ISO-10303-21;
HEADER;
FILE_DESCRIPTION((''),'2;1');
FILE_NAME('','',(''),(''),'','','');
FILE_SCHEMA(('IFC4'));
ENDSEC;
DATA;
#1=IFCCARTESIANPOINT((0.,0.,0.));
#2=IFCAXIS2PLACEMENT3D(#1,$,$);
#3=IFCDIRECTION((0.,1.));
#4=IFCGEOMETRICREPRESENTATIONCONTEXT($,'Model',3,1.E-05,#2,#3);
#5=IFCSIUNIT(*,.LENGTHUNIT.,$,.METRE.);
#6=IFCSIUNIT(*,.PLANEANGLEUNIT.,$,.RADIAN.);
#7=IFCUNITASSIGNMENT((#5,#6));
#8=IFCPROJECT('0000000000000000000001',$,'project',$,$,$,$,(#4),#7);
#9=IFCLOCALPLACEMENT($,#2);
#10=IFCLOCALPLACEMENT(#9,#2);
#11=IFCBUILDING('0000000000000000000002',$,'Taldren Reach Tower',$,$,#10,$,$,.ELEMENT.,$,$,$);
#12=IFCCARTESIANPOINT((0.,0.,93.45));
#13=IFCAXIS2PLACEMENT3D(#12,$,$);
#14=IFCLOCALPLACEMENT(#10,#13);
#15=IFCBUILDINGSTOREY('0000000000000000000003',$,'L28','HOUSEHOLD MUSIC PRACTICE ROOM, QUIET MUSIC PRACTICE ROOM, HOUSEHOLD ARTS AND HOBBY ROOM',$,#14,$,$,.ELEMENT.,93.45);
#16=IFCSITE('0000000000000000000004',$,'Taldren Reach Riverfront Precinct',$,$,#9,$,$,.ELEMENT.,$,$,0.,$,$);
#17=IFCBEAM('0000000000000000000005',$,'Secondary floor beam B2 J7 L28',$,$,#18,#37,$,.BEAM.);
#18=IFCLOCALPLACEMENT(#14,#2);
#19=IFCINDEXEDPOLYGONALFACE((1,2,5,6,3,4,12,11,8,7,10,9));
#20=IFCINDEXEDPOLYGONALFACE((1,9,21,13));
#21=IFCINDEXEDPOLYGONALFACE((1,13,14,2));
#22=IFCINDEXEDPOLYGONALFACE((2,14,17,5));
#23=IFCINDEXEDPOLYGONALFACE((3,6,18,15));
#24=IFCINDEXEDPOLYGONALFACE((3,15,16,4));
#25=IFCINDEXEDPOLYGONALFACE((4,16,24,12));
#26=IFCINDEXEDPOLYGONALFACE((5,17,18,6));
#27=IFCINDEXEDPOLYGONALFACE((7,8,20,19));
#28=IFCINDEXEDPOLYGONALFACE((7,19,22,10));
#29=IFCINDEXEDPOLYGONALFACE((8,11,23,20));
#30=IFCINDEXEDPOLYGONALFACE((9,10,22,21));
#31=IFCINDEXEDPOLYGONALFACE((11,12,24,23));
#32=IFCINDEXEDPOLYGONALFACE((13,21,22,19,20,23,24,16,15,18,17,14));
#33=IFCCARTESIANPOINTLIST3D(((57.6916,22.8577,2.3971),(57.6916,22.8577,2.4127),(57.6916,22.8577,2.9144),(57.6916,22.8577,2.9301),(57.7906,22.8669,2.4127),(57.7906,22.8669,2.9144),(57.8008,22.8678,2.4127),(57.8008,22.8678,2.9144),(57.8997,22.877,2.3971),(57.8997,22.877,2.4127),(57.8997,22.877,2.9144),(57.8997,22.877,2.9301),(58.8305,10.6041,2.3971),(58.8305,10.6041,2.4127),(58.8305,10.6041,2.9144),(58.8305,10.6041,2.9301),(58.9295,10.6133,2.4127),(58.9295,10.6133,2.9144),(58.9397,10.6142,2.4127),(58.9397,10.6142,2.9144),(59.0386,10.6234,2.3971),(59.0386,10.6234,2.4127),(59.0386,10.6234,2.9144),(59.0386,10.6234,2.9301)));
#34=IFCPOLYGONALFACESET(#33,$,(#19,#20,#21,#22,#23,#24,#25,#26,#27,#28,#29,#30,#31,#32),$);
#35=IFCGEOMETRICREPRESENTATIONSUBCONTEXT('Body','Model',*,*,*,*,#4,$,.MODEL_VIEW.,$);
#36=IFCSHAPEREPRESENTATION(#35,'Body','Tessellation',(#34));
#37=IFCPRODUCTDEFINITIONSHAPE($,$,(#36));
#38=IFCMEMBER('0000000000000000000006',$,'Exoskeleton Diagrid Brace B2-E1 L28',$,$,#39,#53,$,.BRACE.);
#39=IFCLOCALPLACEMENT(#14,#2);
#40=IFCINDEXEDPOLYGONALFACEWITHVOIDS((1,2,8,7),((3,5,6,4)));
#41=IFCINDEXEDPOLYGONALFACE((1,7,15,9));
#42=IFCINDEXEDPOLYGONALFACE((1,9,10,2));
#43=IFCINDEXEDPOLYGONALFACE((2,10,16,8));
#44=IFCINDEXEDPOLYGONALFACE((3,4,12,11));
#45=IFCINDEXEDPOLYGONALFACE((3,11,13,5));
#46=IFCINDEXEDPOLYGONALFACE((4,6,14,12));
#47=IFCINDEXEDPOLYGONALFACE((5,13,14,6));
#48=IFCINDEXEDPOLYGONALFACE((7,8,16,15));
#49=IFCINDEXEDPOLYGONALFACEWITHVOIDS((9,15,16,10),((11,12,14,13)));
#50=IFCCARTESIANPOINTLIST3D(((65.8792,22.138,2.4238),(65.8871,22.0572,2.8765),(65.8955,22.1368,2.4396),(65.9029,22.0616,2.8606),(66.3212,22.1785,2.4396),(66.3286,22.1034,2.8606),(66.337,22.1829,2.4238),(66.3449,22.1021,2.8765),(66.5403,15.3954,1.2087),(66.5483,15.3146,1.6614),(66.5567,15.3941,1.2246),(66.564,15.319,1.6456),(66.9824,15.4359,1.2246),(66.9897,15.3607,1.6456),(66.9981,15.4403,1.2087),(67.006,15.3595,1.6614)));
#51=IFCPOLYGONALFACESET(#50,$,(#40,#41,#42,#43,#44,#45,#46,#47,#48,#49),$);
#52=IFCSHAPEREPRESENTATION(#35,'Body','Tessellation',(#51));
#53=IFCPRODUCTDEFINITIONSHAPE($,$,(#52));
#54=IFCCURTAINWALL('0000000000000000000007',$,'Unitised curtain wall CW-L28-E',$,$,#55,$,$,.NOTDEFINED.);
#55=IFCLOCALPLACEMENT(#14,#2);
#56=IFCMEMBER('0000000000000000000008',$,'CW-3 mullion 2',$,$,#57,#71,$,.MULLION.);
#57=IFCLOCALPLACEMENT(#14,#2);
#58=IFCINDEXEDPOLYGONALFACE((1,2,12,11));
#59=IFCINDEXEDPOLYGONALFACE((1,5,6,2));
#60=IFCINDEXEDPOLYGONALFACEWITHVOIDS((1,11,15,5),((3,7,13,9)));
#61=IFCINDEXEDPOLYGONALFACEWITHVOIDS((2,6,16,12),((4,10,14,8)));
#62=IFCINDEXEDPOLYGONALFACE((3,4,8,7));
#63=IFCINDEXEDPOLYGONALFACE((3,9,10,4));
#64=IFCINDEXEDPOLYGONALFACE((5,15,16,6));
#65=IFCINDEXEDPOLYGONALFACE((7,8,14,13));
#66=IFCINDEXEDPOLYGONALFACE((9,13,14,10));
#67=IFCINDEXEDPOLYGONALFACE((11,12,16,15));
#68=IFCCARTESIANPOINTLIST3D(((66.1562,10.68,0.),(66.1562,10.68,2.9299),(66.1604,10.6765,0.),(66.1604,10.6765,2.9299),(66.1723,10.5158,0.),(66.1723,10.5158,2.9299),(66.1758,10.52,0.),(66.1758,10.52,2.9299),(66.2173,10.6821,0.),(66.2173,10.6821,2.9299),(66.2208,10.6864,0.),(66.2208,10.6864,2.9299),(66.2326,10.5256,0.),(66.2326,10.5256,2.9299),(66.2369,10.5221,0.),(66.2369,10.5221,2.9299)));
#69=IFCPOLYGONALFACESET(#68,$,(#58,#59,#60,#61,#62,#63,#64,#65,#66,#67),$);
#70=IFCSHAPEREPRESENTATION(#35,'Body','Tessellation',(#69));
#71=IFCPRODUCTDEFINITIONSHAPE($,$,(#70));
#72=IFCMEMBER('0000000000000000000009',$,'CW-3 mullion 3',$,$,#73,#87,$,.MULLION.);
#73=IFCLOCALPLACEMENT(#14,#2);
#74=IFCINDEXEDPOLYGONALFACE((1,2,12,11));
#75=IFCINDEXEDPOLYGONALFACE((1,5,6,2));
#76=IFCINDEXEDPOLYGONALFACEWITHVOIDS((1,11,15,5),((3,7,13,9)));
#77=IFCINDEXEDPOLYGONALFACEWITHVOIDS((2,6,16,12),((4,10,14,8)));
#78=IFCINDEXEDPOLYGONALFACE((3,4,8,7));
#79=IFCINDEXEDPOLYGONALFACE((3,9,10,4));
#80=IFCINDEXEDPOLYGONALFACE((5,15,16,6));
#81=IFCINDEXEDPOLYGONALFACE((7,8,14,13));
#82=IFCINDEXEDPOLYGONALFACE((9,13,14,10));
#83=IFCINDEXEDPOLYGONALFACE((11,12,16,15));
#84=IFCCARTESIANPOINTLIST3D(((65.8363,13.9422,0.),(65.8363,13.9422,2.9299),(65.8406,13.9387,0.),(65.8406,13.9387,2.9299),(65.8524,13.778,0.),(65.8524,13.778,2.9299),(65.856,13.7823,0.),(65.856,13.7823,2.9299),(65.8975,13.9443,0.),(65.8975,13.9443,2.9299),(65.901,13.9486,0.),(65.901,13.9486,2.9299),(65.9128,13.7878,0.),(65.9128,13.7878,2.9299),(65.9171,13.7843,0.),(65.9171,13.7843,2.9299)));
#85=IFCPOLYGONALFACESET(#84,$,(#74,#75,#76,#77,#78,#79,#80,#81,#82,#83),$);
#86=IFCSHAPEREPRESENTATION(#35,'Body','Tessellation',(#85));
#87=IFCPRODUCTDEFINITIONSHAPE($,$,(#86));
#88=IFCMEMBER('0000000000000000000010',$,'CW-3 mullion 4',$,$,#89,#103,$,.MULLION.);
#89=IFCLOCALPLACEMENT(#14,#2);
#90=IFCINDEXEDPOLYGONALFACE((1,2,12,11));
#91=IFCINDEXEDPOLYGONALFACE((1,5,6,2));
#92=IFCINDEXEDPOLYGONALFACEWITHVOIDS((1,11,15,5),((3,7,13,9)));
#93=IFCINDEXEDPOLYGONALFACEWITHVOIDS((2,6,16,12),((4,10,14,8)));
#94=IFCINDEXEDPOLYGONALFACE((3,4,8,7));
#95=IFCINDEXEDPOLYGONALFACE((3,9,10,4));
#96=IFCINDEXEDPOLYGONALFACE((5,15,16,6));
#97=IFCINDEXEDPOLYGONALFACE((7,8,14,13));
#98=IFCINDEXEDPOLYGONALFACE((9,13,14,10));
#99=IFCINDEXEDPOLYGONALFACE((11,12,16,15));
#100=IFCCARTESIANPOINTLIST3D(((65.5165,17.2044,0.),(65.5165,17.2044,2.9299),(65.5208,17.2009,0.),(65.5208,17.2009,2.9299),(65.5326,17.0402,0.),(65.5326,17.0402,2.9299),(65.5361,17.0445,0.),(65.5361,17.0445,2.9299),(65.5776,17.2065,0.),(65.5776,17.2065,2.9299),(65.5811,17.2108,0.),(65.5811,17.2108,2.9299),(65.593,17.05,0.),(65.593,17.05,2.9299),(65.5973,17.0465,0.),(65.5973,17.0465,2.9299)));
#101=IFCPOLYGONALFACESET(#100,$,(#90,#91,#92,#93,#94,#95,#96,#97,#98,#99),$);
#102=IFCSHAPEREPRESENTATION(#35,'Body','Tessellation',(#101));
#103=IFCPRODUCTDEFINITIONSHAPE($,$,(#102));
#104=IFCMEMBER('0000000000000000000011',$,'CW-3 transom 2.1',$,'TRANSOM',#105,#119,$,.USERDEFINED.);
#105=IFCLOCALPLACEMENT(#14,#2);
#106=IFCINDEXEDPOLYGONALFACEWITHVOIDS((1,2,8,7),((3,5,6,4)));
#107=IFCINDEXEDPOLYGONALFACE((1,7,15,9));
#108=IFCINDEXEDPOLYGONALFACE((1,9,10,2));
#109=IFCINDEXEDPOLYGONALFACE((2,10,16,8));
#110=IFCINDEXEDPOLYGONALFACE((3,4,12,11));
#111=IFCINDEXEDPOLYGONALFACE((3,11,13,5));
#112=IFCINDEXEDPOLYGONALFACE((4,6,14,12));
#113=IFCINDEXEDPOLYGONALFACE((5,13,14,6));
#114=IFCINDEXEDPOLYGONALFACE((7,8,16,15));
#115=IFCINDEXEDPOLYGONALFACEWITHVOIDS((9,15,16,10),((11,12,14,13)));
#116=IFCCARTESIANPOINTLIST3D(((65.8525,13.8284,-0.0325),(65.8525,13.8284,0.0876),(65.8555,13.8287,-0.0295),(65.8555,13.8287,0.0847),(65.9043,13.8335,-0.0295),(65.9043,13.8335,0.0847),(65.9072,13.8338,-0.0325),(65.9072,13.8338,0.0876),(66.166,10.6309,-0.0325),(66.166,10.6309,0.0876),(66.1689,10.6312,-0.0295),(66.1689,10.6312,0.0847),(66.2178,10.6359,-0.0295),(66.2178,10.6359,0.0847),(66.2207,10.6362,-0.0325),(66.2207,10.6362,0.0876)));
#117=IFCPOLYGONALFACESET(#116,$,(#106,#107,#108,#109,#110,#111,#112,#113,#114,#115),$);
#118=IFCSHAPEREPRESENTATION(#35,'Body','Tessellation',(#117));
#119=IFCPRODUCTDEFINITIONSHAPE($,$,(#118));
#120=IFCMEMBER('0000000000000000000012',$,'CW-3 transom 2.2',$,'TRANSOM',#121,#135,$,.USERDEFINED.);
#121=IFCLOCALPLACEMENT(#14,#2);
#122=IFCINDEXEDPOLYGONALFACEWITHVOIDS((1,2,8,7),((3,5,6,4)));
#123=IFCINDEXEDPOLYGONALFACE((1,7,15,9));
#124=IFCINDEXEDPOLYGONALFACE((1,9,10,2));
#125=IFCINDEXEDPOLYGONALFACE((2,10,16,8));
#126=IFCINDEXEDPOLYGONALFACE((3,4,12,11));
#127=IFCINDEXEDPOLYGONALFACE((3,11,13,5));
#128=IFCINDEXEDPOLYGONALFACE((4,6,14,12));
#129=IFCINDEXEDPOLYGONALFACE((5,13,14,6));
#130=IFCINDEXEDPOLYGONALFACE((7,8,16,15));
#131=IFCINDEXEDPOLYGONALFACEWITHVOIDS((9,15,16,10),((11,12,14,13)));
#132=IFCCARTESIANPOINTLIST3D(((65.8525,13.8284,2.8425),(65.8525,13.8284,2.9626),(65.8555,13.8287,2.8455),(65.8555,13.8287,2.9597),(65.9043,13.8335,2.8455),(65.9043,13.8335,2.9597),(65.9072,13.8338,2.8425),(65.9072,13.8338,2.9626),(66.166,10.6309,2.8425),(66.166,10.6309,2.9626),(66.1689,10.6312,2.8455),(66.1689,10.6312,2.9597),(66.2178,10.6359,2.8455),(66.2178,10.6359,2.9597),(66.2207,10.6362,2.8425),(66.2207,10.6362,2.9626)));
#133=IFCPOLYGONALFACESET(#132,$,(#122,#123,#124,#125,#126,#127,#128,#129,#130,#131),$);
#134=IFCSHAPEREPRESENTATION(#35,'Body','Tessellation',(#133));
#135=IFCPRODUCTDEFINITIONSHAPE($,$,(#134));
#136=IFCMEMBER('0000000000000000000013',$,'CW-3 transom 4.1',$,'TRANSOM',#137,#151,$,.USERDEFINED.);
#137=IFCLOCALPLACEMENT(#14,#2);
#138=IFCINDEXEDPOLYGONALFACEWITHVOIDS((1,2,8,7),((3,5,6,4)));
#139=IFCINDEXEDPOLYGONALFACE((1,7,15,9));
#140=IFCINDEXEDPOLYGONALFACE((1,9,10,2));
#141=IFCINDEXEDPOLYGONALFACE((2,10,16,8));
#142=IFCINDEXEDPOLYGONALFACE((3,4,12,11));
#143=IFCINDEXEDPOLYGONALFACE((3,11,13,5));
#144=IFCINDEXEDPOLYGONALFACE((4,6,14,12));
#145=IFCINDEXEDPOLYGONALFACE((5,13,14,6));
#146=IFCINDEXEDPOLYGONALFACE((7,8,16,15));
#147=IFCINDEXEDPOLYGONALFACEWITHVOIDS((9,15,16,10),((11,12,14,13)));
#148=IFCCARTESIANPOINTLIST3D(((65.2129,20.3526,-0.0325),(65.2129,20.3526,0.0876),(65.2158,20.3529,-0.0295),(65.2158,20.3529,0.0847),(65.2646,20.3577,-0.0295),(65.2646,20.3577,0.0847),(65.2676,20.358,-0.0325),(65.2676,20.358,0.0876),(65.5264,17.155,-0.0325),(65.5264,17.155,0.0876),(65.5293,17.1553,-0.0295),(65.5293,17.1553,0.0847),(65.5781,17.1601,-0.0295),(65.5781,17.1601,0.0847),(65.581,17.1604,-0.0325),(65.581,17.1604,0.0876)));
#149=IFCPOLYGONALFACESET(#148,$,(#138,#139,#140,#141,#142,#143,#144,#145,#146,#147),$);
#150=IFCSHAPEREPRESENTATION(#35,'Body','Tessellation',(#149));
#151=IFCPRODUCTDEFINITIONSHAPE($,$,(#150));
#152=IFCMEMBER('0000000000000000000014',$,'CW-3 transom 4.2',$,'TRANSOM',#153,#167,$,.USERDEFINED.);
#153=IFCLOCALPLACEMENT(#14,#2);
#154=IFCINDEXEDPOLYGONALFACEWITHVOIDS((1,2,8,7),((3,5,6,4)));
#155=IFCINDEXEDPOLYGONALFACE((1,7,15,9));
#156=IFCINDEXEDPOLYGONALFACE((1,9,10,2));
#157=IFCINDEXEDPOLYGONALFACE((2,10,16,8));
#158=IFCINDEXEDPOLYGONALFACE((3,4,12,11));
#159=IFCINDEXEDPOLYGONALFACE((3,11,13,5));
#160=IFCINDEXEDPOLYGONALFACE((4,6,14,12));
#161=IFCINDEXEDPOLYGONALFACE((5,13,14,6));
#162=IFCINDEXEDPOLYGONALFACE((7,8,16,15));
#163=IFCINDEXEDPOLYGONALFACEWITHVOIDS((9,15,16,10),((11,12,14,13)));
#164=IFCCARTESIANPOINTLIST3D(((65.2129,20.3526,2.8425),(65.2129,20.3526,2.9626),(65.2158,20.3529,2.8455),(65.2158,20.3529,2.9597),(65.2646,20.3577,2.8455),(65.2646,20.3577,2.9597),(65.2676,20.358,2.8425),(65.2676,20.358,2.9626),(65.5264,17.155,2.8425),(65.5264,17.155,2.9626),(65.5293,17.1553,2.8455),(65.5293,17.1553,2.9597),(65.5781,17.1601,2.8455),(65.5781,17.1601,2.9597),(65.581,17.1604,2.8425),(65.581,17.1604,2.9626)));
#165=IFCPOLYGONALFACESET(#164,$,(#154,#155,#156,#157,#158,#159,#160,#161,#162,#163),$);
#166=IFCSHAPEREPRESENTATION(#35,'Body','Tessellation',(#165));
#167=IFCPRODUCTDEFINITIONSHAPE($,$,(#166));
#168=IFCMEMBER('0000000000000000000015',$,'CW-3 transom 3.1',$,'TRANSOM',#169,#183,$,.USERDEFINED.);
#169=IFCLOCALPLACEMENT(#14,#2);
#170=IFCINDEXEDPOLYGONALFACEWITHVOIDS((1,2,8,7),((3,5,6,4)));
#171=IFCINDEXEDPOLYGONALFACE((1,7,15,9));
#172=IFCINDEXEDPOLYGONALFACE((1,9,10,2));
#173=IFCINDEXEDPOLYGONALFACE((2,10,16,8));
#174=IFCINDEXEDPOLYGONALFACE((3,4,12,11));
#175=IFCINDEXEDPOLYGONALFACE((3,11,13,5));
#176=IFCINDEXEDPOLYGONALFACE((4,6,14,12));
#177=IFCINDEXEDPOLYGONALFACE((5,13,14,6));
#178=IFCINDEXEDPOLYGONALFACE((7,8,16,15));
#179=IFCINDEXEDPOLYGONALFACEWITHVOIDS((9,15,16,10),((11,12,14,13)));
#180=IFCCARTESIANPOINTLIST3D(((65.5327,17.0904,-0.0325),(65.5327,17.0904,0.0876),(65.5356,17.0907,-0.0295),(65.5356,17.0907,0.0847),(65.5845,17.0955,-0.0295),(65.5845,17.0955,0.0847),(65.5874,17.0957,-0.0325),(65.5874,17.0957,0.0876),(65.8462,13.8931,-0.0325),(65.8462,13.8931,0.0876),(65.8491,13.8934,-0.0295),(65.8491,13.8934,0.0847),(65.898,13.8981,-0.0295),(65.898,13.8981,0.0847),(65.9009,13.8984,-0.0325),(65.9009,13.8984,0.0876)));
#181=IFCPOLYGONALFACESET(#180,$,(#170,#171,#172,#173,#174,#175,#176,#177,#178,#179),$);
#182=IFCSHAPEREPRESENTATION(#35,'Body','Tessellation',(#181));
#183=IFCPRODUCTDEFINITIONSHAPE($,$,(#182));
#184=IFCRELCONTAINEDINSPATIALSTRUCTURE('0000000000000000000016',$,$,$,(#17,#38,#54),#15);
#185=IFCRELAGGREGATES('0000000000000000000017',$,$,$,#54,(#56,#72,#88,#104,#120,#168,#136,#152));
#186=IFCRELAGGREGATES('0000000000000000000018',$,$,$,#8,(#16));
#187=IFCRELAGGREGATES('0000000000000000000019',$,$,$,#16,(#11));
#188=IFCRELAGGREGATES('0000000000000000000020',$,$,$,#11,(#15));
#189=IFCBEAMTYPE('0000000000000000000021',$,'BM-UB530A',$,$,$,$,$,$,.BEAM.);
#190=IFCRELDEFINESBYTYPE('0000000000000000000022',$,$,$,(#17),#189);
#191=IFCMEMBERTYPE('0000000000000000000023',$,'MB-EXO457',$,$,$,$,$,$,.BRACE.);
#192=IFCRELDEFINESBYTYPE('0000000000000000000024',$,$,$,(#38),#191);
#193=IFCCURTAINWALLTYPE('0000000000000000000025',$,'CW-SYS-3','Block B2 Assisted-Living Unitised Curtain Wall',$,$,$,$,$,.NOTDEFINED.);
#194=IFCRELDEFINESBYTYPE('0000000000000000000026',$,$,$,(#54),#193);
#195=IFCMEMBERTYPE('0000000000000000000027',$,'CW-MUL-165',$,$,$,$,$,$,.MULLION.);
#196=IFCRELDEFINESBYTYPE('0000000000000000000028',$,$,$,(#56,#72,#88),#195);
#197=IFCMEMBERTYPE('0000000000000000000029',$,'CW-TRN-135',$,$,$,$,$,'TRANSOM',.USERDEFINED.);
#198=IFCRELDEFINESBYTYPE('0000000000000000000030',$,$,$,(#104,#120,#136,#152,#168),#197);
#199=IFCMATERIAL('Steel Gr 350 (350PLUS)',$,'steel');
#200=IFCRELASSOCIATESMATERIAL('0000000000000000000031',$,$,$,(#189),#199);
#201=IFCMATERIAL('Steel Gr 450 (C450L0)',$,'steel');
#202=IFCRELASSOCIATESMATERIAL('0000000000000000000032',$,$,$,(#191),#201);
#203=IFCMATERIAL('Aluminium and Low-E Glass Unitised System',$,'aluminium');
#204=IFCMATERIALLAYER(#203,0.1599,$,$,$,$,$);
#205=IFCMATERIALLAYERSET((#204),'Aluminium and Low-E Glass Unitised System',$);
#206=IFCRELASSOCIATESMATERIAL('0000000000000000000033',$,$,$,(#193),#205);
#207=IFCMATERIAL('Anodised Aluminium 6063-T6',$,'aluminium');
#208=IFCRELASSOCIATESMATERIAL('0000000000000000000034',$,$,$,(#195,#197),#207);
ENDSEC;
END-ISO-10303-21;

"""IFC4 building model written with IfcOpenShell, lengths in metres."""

from ifc_helpers import new_model, si_unit, direction, frame, origin, origin_2d, place, context, subcontext, project, spatial, hollow_rectangle, i_section, extrude, source, transform, mapped, material, layer, layer_set, material_profile, profile_set, type_object, element, aggregate, save


model = new_model("IFC4")

# Units and contexts
model_context = context("Model", 3, precision=1e-05, world=origin(), true_north=direction((0.0, 1.0)))
body_context = subcontext(model_context, "Body", "Model", "MODEL_VIEW")
ifc_project = project(units=[si_unit("LENGTHUNIT", "METRE"), si_unit("PLANEANGLEUNIT", "RADIAN")], contexts=[model_context])

# Site, building, storey
site_placement = place(None, origin())
site = spatial("IfcSite", under=ifc_project, at=site_placement, Name="Taldren Reach Riverfront Precinct", CompositionType="ELEMENT", RefElevation=0.0)
building_placement = place(site_placement, origin())
building = spatial("IfcBuilding", under=site, at=building_placement, Name="Taldren Reach Tower", CompositionType="ELEMENT")
storey_placement = place(building_placement, frame((0.0, 0.0, 93.45)))
storey = spatial("IfcBuildingStorey", under=building, at=storey_placement, Name="L28", Description="HOUSEHOLD MUSIC PRACTICE ROOM, QUIET MUSIC PRACTICE ROOM, HOUSEHOLD ARTS AND HOBBY ROOM", CompositionType="ELEMENT", Elevation=93.45)

# Beam
ifc_material_1 = material(Name="Steel Gr 350 (350PLUS)", Category="steel")
ifc_material_profile_1 = material_profile(ifc_material_1, i_section(OverallWidth=0.209, OverallDepth=0.533, WebThickness=0.0103, FlangeThickness=0.0156, at=origin_2d()), Name="530UB92.4")
ifc_profile_set_1 = profile_set([ifc_material_profile_1], Name="Steel Gr 350 (350PLUS)")
beam_type = type_object("IfcBeamType", Name="BM-UB530A", PredefinedType="BEAM", material=ifc_profile_set_1)
shared_shape_1 = source(origin(), body_context, "Body", "SweptSolid", [
    extrude(i_section(OverallWidth=0.209, OverallDepth=0.533, WebThickness=0.0103, FlangeThickness=0.0156, at=origin_2d()), origin(), (0.0, 0.0, 1.0), 12.3064),
])
beam_placement = place(storey_placement, frame((58.9346, 10.6138, 2.6636), z_axis=(-0.092546, 0.995708, 0.0), x_axis=(-0.995708, -0.092546, 0.0)))
element("IfcBeam", 1, at=beam_placement, inside=storey, type_object=beam_type, Name="Secondary floor beam B2 J7 L28", PredefinedType="BEAM", context=body_context, shape_type="MappedRepresentation", body=[
    mapped(shared_shape_1, transform((0.0, 0.0, 0.0), scale=1.0)),
])

# Member
ifc_material_2 = material(Name="Steel Gr 450 (C450L0)", Category="steel")
ifc_material_profile_2 = material_profile(ifc_material_2, hollow_rectangle(XDim=0.46, YDim=0.46, WallThickness=0.0161, at=origin_2d()), Name="460x460x16.0SHS")
ifc_profile_set_2 = profile_set([ifc_material_profile_2], Name="Steel Gr 450 (C450L0)")
member_type_1 = type_object("IfcMemberType", Name="MB-EXO457", PredefinedType="BRACE", material=ifc_profile_set_2)
shared_shape_2 = source(origin(), body_context, "Body", "SweptSolid", [
    extrude(hollow_rectangle(XDim=0.46, YDim=0.46, WallThickness=0.0161, at=origin_2d()), origin(), (0.0, 0.0, 1.0), 6.8831),
])
member_1_placement = place(storey_placement, frame((66.7732, 15.3774, 1.4351), z_axis=(-0.096051, 0.979597, 0.176532), x_axis=(-0.995227, -0.097584, 0.0)))
element("IfcMember", 2, at=member_1_placement, inside=storey, type_object=member_type_1, Name="Exoskeleton Diagrid Brace B2-E1 L28", PredefinedType="BRACE", context=body_context, shape_type="MappedRepresentation", body=[
    mapped(shared_shape_2, transform((0.0, 0.0, 0.0), scale=1.0)),
])

# Curtain wall, members
ifc_material_3 = material(Name="Aluminium and Low-E Glass Unitised System", Category="aluminium")
ifc_layer_1 = layer(ifc_material_3, 0.1599)
ifc_layer_set_1 = layer_set([ifc_layer_1], Name="Aluminium and Low-E Glass Unitised System")
curtain_wall_type = type_object("IfcCurtainWallType", Name="CW-SYS-3", Description="Block B2 Assisted-Living Unitised Curtain Wall", PredefinedType="NOTDEFINED", material=ifc_layer_set_1)
curtain_wall_placement = place(storey_placement, origin())
curtain_wall = element("IfcCurtainWall", 3, at=curtain_wall_placement, inside=storey, type_object=curtain_wall_type, Name="Unitised curtain wall CW-L28-E", PredefinedType="NOTDEFINED")
ifc_material_4 = material(Name="Anodised Aluminium 6063-T6", Category="aluminium")
ifc_material_profile_3 = material_profile(ifc_material_4, hollow_rectangle(XDim=0.0649, YDim=0.165, WallThickness=0.0039, at=origin_2d()), Name="ALU-165x65x4RHS")
ifc_profile_set_3 = profile_set([ifc_material_profile_3], Name="Anodised Aluminium 6063-T6")
member_type_2 = type_object("IfcMemberType", Name="CW-MUL-165", PredefinedType="MULLION", material=ifc_profile_set_3)
shared_shape_3 = source(origin(), body_context, "Body", "SweptSolid", [
    extrude(hollow_rectangle(XDim=0.0649, YDim=0.165, WallThickness=0.0039, at=origin_2d()), origin(), (0.0, 0.0, 1.0), 2.9299),
])
member_2_placement = place(storey_placement, frame((66.1965, 10.6011, 0.0), z_axis=(0.0, 0.0, 1.0), x_axis=(-0.995227, -0.097583, 0.0)))
member_2 = element("IfcMember", 4, at=member_2_placement, type_object=member_type_2, Name="CW-3 mullion 2", PredefinedType="MULLION", context=body_context, shape_type="MappedRepresentation", body=[
    mapped(shared_shape_3, transform((0.0, 0.0, 0.0), scale=1.0)),
])
member_3_placement = place(storey_placement, frame((65.8767, 13.8633, 0.0), z_axis=(0.0, 0.0, 1.0), x_axis=(-0.995227, -0.097583, 0.0)))
member_3 = element("IfcMember", 5, at=member_3_placement, type_object=member_type_2, Name="CW-3 mullion 3", PredefinedType="MULLION", context=body_context, shape_type="MappedRepresentation", body=[
    mapped(shared_shape_3, transform((0.0, 0.0, 0.0), scale=1.0)),
])
member_4_placement = place(storey_placement, frame((65.5569, 17.1255, 0.0), z_axis=(0.0, 0.0, 1.0), x_axis=(-0.995227, -0.097583, 0.0)))
member_4 = element("IfcMember", 6, at=member_4_placement, type_object=member_type_2, Name="CW-3 mullion 4", PredefinedType="MULLION", context=body_context, shape_type="MappedRepresentation", body=[
    mapped(shared_shape_3, transform((0.0, 0.0, 0.0), scale=1.0)),
])
ifc_material_profile_4 = material_profile(ifc_material_4, hollow_rectangle(XDim=0.0549, YDim=0.1201, WallThickness=0.0029, at=origin_2d()), Name="ALU-120x55x3RHS")
ifc_profile_set_4 = profile_set([ifc_material_profile_4], Name="Anodised Aluminium 6063-T6")
member_type_3 = type_object("IfcMemberType", Name="CW-TRN-135", ElementType="TRANSOM", PredefinedType="USERDEFINED", material=ifc_profile_set_4)
shared_shape_4 = source(origin(), body_context, "Body", "SweptSolid", [
    extrude(hollow_rectangle(XDim=0.0549, YDim=0.1201, WallThickness=0.0029, at=origin_2d()), origin(), (0.0, 0.0, 1.0), 3.2129),
])
member_5_placement = place(storey_placement, frame((66.1934, 10.6335, 0.0276), z_axis=(-0.09757, 0.995229, 0.0), x_axis=(-0.995229, -0.09757, 0.0)))
member_5 = element("IfcMember", 7, at=member_5_placement, type_object=member_type_3, Name="CW-3 transom 2.1", ObjectType="TRANSOM", PredefinedType="USERDEFINED", context=body_context, shape_type="MappedRepresentation", body=[
    mapped(shared_shape_4, transform((0.0, 0.0, 0.0), scale=1.0)),
])
member_6_placement = place(storey_placement, frame((66.1934, 10.6335, 2.9026), z_axis=(-0.09757, 0.995229, 0.0), x_axis=(-0.995229, -0.09757, 0.0)))
member_6 = element("IfcMember", 8, at=member_6_placement, type_object=member_type_3, Name="CW-3 transom 2.2", ObjectType="TRANSOM", PredefinedType="USERDEFINED", context=body_context, shape_type="MappedRepresentation", body=[
    mapped(shared_shape_4, transform((0.0, 0.0, 0.0), scale=1.0)),
])
member_7_placement = place(storey_placement, frame((65.5537, 17.1577, 0.0276), z_axis=(-0.09757, 0.995229, 0.0), x_axis=(-0.995229, -0.09757, 0.0)))
member_7 = element("IfcMember", 9, at=member_7_placement, type_object=member_type_3, Name="CW-3 transom 4.1", ObjectType="TRANSOM", PredefinedType="USERDEFINED", context=body_context, shape_type="MappedRepresentation", body=[
    mapped(shared_shape_4, transform((0.0, 0.0, 0.0), scale=1.0)),
])
member_8_placement = place(storey_placement, frame((65.5537, 17.1577, 2.9026), z_axis=(-0.09757, 0.995229, 0.0), x_axis=(-0.995229, -0.09757, 0.0)))
member_8 = element("IfcMember", 10, at=member_8_placement, type_object=member_type_3, Name="CW-3 transom 4.2", ObjectType="TRANSOM", PredefinedType="USERDEFINED", context=body_context, shape_type="MappedRepresentation", body=[
    mapped(shared_shape_4, transform((0.0, 0.0, 0.0), scale=1.0)),
])
shared_shape_5 = source(origin(), body_context, "Body", "SweptSolid", [
    extrude(hollow_rectangle(XDim=0.0549, YDim=0.1201, WallThickness=0.0029, at=origin_2d()), origin(), (0.0, 0.0, 1.0), 3.2126),
])
member_9_placement = place(storey_placement, frame((65.8735, 13.8958, 0.0276), z_axis=(-0.097577, 0.995228, 0.0), x_axis=(-0.995228, -0.097577, 0.0)))
member_9 = element("IfcMember", 11, at=member_9_placement, type_object=member_type_3, Name="CW-3 transom 3.1", ObjectType="TRANSOM", PredefinedType="USERDEFINED", context=body_context, shape_type="MappedRepresentation", body=[
    mapped(shared_shape_5, transform((0.0, 0.0, 0.0), scale=1.0)),
])
aggregate(curtain_wall, [member_2, member_3, member_4, member_5, member_6, member_9, member_7, member_8])

save(model, "model.ifc")
